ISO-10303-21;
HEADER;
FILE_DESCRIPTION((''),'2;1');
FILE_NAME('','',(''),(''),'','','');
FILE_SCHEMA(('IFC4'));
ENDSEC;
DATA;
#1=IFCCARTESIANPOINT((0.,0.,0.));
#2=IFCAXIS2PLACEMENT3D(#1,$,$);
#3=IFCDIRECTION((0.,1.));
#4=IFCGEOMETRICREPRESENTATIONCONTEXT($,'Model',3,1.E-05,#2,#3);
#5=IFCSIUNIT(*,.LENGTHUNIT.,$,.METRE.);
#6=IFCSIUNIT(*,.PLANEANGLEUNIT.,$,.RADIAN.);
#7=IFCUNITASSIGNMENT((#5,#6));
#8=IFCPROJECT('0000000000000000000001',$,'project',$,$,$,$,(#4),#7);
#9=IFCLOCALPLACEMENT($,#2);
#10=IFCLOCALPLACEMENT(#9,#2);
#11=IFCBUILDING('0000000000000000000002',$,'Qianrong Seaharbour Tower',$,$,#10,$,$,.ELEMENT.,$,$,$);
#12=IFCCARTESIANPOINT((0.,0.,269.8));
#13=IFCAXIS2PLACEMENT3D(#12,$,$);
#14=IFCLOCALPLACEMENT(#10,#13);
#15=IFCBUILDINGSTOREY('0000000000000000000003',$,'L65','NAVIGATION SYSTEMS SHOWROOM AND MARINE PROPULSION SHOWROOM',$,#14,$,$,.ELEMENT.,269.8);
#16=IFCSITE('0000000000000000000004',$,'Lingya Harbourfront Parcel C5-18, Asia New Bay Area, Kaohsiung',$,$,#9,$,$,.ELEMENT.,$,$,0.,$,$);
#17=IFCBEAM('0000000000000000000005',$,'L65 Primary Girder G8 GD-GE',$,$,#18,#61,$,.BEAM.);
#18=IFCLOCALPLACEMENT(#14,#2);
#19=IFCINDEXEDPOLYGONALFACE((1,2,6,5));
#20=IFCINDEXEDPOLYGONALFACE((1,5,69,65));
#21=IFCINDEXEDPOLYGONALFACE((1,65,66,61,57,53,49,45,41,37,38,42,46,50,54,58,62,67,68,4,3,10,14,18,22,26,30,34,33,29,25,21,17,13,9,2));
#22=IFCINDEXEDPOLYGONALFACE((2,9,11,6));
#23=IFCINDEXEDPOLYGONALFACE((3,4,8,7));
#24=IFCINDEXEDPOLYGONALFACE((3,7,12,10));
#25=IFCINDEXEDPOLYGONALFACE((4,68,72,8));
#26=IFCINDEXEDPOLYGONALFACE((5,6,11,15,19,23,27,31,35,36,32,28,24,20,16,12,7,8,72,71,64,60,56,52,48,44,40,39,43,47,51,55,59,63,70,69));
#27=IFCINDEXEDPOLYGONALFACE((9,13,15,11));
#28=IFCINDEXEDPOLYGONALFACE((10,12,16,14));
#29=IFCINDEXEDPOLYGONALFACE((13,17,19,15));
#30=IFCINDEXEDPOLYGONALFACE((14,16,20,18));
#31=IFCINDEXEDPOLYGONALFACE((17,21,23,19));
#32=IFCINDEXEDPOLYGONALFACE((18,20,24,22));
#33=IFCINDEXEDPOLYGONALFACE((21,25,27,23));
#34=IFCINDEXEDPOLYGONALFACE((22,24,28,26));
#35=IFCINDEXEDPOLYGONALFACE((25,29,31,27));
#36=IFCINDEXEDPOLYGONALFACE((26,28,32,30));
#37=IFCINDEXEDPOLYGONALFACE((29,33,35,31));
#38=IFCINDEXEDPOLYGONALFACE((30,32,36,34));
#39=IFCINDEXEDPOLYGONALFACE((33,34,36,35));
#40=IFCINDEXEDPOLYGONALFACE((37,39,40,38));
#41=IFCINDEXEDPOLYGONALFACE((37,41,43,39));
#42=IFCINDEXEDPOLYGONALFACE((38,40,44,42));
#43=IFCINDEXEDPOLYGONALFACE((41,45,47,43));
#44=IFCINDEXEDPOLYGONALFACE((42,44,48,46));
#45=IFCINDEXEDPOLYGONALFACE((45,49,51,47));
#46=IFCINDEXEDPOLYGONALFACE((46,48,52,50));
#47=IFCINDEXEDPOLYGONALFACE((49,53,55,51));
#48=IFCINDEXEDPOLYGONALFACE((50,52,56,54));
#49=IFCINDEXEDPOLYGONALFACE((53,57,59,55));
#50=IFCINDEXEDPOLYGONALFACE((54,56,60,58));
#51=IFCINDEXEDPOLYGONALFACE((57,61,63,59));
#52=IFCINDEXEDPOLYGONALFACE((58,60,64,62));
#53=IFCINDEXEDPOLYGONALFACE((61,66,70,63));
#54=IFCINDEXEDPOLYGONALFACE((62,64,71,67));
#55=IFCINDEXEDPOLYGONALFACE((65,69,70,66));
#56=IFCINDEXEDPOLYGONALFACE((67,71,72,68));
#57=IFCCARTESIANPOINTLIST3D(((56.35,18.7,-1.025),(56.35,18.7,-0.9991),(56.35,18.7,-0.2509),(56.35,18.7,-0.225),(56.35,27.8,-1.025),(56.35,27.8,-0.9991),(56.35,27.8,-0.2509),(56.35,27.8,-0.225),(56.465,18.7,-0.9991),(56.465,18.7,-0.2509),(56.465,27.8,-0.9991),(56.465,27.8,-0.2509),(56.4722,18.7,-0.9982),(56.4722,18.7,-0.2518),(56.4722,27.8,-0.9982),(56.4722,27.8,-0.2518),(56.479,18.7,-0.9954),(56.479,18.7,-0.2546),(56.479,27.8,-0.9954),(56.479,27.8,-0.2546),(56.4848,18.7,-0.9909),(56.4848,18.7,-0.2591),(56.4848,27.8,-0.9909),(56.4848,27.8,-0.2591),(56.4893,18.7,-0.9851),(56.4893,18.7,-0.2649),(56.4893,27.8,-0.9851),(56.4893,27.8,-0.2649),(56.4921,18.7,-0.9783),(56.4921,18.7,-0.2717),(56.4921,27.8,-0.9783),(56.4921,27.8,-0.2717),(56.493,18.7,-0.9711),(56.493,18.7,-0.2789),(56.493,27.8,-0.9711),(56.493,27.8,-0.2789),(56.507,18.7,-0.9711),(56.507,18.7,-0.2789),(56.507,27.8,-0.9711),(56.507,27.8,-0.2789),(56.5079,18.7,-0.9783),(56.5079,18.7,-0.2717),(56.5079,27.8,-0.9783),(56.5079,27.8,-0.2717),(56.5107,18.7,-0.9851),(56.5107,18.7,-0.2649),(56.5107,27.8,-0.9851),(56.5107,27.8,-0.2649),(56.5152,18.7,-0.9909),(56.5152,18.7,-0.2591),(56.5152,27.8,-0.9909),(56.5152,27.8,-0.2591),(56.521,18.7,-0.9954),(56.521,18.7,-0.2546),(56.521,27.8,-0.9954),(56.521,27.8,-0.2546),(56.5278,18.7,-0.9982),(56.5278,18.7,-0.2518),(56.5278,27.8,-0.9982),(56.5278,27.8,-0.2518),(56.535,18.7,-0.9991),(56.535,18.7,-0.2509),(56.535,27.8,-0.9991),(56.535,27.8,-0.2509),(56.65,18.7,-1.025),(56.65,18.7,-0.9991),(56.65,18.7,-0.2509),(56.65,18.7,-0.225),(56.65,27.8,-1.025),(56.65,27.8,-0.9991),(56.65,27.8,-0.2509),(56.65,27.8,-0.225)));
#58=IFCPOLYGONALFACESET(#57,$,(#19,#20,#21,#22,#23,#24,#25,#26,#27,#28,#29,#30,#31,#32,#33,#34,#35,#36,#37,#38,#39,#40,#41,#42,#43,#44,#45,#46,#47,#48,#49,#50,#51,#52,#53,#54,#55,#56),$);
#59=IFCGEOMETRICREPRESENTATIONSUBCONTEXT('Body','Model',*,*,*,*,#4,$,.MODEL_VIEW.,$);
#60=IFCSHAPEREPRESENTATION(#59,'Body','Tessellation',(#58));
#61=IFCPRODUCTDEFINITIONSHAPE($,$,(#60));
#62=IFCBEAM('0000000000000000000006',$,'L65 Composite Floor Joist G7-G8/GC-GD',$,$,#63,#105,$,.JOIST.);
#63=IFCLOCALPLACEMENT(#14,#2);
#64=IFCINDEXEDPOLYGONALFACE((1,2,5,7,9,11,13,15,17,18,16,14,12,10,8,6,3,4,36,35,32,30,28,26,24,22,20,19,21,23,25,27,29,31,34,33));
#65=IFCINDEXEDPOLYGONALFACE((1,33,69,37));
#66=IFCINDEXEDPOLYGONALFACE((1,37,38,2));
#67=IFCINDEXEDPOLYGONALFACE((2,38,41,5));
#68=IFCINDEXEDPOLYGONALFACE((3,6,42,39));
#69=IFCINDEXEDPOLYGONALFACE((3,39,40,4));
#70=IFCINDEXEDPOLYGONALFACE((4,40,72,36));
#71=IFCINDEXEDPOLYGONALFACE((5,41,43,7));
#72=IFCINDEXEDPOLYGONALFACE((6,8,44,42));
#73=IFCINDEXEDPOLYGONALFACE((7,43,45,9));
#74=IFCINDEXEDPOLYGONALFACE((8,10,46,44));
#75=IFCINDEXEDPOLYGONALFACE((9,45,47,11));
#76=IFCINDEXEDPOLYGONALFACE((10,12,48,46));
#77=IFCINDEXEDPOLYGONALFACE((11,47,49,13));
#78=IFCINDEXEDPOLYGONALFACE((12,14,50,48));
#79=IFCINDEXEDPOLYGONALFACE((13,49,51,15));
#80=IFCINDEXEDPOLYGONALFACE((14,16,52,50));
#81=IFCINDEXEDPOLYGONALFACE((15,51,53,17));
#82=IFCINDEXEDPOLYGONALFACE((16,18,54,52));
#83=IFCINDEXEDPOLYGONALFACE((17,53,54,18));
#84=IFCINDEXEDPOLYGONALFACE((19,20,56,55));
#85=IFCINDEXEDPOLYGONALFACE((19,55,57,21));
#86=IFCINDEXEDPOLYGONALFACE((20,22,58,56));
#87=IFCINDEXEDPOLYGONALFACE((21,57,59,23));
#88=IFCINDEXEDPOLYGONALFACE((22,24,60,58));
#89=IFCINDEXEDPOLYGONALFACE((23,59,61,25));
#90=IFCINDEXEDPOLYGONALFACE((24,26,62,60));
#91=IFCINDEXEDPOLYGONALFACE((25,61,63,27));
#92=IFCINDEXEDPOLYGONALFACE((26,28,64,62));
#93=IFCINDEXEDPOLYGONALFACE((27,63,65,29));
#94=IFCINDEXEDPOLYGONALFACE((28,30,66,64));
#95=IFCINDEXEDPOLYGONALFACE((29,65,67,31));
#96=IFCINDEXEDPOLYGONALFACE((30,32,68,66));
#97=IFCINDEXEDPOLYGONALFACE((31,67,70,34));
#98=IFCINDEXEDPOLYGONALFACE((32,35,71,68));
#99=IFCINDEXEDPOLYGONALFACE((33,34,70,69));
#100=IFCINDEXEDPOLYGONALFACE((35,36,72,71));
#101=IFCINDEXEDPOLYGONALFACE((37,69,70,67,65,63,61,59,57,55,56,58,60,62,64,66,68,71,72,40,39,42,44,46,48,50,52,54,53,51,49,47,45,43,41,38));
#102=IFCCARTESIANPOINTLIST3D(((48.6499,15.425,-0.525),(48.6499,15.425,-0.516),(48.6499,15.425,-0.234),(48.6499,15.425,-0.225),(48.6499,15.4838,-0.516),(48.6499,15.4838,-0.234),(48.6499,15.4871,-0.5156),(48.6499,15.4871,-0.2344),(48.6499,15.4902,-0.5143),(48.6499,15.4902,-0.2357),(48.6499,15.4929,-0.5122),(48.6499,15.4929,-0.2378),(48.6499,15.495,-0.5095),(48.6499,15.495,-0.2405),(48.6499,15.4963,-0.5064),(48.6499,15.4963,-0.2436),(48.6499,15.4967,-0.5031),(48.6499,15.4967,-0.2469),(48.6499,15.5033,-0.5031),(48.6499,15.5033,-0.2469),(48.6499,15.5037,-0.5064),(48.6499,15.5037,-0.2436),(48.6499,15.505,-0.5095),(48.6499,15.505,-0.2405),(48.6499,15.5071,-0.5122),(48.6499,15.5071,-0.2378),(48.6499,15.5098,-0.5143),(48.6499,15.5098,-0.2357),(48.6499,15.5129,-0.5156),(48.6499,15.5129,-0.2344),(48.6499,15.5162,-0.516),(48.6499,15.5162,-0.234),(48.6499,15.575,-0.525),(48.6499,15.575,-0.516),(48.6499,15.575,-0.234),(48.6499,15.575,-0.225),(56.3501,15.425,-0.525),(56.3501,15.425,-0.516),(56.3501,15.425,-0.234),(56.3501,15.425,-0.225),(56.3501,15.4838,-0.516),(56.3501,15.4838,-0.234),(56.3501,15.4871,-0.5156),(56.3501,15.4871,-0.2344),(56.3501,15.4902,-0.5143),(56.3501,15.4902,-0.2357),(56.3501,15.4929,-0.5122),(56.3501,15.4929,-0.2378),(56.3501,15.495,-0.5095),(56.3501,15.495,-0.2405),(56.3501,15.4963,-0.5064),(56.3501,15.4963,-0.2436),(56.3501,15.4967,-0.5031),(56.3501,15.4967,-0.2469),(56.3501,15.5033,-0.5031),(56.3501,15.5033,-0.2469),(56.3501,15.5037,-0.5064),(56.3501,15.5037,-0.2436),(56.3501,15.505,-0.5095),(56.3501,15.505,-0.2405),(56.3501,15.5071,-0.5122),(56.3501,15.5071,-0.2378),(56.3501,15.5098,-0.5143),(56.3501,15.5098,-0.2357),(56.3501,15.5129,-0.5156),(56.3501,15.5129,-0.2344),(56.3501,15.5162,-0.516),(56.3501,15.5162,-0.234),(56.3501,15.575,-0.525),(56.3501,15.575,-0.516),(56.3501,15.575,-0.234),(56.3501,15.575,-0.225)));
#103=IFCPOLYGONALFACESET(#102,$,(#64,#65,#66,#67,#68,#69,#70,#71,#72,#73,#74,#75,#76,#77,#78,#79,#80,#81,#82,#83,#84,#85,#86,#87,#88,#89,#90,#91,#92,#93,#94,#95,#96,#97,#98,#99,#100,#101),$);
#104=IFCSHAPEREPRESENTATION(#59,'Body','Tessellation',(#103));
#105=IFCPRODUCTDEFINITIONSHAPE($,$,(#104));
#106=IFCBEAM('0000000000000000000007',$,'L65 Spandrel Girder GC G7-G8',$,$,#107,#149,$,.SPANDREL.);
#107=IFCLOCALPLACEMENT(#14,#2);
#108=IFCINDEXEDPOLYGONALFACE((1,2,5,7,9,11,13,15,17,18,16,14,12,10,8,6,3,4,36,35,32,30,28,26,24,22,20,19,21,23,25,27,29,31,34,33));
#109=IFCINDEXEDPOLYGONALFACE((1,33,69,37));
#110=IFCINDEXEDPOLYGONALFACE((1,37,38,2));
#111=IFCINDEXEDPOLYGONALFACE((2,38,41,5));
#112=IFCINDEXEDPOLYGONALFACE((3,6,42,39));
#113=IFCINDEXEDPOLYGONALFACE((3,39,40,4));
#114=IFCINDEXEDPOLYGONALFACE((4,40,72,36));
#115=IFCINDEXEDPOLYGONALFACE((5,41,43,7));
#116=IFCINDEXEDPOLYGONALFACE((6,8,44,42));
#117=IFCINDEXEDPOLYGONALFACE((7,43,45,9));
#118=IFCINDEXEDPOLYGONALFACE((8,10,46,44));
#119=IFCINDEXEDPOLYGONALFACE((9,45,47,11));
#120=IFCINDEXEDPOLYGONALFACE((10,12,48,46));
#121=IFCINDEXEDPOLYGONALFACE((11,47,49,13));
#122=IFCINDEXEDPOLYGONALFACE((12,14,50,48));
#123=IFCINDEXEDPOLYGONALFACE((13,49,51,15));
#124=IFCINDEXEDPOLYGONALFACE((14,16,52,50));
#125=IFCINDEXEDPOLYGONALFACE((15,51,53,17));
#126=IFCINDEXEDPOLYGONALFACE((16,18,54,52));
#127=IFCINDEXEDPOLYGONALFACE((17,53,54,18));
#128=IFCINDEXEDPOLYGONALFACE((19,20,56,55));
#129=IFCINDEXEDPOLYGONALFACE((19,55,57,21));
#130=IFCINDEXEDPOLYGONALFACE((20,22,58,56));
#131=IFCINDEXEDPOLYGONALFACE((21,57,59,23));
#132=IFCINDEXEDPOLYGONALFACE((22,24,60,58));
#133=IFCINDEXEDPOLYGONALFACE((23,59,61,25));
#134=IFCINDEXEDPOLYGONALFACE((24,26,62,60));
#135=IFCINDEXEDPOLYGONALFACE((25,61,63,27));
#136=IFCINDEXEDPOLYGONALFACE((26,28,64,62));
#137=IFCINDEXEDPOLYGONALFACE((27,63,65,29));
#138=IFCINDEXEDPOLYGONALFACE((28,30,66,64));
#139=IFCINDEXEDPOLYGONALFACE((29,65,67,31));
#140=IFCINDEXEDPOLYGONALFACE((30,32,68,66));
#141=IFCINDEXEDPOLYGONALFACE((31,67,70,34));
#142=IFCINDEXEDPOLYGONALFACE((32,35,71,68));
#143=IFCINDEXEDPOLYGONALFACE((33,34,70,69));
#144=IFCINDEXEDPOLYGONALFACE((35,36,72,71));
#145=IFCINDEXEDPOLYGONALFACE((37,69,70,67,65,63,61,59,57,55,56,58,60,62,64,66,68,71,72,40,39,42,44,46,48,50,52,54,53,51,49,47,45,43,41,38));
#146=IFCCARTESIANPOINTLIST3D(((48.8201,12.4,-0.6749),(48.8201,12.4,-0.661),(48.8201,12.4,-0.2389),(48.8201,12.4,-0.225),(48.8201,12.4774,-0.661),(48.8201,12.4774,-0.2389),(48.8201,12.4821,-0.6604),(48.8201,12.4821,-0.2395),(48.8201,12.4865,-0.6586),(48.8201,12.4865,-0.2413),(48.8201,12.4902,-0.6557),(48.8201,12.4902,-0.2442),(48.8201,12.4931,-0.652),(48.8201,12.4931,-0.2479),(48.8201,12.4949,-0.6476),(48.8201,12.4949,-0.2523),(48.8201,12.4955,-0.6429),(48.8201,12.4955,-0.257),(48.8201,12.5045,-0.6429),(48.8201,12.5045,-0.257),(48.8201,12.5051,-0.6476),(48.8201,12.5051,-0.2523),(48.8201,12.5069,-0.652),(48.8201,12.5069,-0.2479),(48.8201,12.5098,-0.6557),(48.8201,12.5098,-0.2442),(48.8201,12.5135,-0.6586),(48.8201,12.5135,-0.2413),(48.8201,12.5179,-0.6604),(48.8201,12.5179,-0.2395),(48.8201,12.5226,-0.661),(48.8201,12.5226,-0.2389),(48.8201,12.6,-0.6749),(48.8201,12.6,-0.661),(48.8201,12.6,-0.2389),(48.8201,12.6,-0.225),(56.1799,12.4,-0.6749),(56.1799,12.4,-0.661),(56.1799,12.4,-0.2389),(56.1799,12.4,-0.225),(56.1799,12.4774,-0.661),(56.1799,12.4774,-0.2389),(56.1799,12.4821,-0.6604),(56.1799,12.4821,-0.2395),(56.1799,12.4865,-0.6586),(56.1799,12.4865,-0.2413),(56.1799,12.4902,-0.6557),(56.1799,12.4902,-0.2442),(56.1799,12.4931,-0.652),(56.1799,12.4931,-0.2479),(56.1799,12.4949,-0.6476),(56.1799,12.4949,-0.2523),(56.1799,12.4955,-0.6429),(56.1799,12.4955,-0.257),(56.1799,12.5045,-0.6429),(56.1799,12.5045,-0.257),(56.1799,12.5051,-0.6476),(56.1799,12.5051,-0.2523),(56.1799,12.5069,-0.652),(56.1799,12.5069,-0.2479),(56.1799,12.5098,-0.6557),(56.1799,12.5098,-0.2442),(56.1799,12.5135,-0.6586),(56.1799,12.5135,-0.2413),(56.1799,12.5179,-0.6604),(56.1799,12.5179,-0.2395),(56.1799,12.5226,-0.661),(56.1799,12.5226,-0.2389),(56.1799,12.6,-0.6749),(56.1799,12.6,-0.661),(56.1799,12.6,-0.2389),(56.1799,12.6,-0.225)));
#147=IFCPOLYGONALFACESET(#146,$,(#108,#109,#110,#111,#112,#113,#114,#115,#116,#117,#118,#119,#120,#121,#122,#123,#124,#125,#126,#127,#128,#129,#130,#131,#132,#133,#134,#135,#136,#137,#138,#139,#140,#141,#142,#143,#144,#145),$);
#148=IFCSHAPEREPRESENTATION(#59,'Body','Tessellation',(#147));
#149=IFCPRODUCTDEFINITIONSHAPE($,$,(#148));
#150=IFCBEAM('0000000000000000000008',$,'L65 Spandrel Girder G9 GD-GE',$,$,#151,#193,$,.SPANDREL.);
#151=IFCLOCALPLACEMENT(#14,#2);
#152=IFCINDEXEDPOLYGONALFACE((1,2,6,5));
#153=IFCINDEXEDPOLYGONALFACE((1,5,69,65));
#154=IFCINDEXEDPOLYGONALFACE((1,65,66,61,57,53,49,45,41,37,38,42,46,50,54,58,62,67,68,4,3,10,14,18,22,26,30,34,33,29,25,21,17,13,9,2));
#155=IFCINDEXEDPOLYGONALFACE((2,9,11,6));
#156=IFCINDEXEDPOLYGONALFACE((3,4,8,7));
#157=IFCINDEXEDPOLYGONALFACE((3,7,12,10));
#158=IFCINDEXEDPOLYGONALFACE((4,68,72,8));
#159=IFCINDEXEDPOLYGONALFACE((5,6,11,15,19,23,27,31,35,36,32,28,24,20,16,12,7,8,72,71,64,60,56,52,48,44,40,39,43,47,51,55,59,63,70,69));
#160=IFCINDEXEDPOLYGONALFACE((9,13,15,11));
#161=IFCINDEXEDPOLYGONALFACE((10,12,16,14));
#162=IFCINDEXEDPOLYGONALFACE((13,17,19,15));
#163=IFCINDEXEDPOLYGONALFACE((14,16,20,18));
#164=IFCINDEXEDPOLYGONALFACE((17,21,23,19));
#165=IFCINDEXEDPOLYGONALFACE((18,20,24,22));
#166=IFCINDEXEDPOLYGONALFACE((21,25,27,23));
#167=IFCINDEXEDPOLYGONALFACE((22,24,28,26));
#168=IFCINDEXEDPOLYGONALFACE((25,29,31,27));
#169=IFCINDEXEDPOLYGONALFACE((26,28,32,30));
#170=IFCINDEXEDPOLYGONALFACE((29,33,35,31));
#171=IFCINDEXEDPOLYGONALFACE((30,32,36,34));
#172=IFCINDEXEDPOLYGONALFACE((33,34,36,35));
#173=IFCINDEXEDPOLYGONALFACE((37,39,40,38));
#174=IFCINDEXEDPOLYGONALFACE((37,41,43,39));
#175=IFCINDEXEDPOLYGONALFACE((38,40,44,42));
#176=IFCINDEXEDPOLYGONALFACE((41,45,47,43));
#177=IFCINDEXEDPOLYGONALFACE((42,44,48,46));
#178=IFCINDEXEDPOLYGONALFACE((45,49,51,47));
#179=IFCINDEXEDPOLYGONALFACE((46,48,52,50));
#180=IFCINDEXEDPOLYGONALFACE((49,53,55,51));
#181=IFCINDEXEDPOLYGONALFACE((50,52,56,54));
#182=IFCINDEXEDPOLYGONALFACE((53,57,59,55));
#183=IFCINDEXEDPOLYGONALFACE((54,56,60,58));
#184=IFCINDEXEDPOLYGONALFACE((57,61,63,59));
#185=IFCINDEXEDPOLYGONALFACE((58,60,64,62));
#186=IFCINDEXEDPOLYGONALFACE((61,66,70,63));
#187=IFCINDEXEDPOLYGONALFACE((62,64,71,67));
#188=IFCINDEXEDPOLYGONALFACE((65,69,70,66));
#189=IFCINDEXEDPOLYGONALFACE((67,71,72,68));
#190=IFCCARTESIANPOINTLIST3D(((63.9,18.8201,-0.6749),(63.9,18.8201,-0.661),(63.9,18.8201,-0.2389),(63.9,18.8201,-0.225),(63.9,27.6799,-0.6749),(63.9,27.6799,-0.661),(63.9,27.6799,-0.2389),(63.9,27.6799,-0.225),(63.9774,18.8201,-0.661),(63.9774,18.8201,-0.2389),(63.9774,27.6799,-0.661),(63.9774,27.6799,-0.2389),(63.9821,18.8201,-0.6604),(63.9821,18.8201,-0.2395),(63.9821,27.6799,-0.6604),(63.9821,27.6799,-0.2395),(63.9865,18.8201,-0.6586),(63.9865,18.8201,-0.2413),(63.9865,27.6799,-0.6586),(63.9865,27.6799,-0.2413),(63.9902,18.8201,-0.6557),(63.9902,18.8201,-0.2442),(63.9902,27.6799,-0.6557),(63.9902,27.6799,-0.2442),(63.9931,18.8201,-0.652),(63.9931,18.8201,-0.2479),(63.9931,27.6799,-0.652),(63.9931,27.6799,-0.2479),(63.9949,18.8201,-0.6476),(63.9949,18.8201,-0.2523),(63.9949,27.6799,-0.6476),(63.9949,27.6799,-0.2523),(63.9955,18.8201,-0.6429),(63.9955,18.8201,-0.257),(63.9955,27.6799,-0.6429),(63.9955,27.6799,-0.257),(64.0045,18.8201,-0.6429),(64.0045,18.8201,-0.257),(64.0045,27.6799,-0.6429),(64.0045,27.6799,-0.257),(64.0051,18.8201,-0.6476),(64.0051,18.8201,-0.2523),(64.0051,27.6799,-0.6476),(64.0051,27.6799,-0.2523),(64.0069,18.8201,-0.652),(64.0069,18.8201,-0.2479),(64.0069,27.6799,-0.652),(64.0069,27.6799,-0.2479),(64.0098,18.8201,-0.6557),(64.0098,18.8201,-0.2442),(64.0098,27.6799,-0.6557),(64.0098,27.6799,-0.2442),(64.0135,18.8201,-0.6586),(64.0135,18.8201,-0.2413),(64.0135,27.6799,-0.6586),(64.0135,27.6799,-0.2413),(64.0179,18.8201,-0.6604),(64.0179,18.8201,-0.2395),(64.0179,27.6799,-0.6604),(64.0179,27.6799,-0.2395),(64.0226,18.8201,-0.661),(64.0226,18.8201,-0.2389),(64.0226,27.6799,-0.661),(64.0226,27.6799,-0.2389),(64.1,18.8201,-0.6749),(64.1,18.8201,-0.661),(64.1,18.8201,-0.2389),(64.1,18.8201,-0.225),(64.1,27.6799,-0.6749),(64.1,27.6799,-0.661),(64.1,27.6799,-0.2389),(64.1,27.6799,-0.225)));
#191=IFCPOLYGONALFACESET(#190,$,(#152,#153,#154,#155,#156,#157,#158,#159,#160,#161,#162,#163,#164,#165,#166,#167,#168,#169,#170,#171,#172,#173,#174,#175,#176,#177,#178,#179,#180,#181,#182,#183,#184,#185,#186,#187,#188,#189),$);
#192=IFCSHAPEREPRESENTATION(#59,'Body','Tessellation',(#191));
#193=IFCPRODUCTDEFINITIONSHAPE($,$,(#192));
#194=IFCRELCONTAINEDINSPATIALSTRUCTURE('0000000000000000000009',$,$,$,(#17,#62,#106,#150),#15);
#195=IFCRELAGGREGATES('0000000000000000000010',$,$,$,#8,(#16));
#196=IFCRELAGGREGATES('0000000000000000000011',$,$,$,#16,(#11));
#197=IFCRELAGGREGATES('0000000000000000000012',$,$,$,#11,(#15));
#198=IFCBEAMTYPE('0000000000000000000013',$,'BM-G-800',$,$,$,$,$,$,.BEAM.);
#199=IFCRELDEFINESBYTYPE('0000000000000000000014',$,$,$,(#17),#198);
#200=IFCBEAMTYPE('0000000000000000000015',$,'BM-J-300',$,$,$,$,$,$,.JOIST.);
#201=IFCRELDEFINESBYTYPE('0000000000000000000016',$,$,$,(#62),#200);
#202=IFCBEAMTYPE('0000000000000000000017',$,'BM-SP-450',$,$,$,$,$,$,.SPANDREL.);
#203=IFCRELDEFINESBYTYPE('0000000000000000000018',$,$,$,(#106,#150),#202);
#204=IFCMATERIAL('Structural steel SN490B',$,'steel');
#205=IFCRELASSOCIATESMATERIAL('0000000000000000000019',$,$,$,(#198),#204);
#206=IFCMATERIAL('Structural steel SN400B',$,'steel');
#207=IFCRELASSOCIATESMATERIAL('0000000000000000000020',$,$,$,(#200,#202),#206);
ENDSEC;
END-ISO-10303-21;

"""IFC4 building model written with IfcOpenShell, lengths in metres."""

from ifc_helpers import new_model, si_unit, direction, frame, origin, origin_2d, place, context, subcontext, project, spatial, i_section, extrude, material, material_profile, profile_set, type_object, element, save


model = new_model("IFC4")

# Units and contexts
model_context = context("Model", 3, precision=1e-05, world=origin(), true_north=direction((0.0, 1.0)))
body_context = subcontext(model_context, "Body", "Model", "MODEL_VIEW")
ifc_project = project(units=[si_unit("LENGTHUNIT", "METRE"), si_unit("PLANEANGLEUNIT", "RADIAN")], contexts=[model_context])

# Site, building, storey
site_placement = place(None, origin())
site = spatial("IfcSite", under=ifc_project, at=site_placement, Name="Lingya Harbourfront Parcel C5-18, Asia New Bay Area, Kaohsiung", CompositionType="ELEMENT", RefElevation=0.0)
building_placement = place(site_placement, origin())
building = spatial("IfcBuilding", under=site, at=building_placement, Name="Qianrong Seaharbour Tower", CompositionType="ELEMENT")
storey_placement = place(building_placement, frame((0.0, 0.0, 269.8)))
storey = spatial("IfcBuildingStorey", under=building, at=storey_placement, Name="L65", Description="NAVIGATION SYSTEMS SHOWROOM AND MARINE PROPULSION SHOWROOM", CompositionType="ELEMENT", Elevation=269.8)

# Shared definitions
ifc_material_1 = material(Name="Structural steel SN490B", Category="steel")

# Beams
ifc_material_profile_1 = material_profile(ifc_material_1, i_section(OverallWidth=0.3, OverallDepth=0.8, WebThickness=0.0139, FlangeThickness=0.0259, FilletRadius=0.0281, at=origin_2d()), Name="H800x300x14x26")
ifc_profile_set_1 = profile_set([ifc_material_profile_1], Name="Structural steel SN490B")
beam_type_1 = type_object("IfcBeamType", Name="BM-G-800", PredefinedType="BEAM", material=ifc_profile_set_1)
for number, where, z_axis, x_axis, name in (
    (1, (56.5, 18.7, -0.625), (0.0, 1.0, 0.0), (-1.0, 0.0, 0.0), "L65 Primary Girder G8 GD-GE"),
):
    element("IfcBeam", number, at=place(storey_placement, frame(where, z_axis=z_axis, x_axis=x_axis)), inside=storey, type_object=beam_type_1, Name=name, PredefinedType="BEAM", context=body_context, shape_type="SweptSolid", body=[
        extrude(i_section(OverallWidth=0.3, OverallDepth=0.8, WebThickness=0.0139, FlangeThickness=0.0259, FilletRadius=0.0281, at=origin_2d()), origin(), (0.0, 0.0, 1.0), 9.1001),
    ])
ifc_material_2 = material(Name="Structural steel SN400B", Category="steel")
ifc_material_profile_2 = material_profile(ifc_material_2, i_section(OverallWidth=0.1499, OverallDepth=0.3, WebThickness=0.0066, FlangeThickness=0.009, FilletRadius=0.0129, at=origin_2d()), Name="H300x150x6.5x9")
ifc_profile_set_2 = profile_set([ifc_material_profile_2], Name="Structural steel SN400B")
beam_type_2 = type_object("IfcBeamType", Name="BM-J-300", PredefinedType="JOIST", material=ifc_profile_set_2)
beam_1_placement = place(storey_placement, frame((48.6499, 15.5, -0.375), z_axis=(1.0, 0.0, 0.0), x_axis=(0.0, 1.0, 0.0)))
element("IfcBeam", 2, at=beam_1_placement, inside=storey, type_object=beam_type_2, Name="L65 Composite Floor Joist G7-G8/GC-GD", PredefinedType="JOIST", context=body_context, shape_type="SweptSolid", body=[
    extrude(i_section(OverallWidth=0.1499, OverallDepth=0.3, WebThickness=0.0066, FlangeThickness=0.009, FilletRadius=0.0129, at=origin_2d()), origin(), (0.0, 0.0, 1.0), 7.7002),
])
ifc_material_profile_3 = material_profile(ifc_material_2, i_section(OverallWidth=0.2, OverallDepth=0.45, WebThickness=0.009, FlangeThickness=0.0139, FilletRadius=0.0181, at=origin_2d()), Name="H450x200x9x14")
ifc_profile_set_3 = profile_set([ifc_material_profile_3], Name="Structural steel SN400B")
beam_type_3 = type_object("IfcBeamType", Name="BM-SP-450", PredefinedType="SPANDREL", material=ifc_profile_set_3)
beam_2_placement = place(storey_placement, frame((48.8201, 12.5, -0.45), z_axis=(1.0, 0.0, 0.0), x_axis=(0.0, 1.0, 0.0)))
element("IfcBeam", 3, at=beam_2_placement, inside=storey, type_object=beam_type_3, Name="L65 Spandrel Girder GC G7-G8", PredefinedType="SPANDREL", context=body_context, shape_type="SweptSolid", body=[
    extrude(i_section(OverallWidth=0.2, OverallDepth=0.45, WebThickness=0.009, FlangeThickness=0.0139, FilletRadius=0.0181, at=origin_2d()), origin(), (0.0, 0.0, 1.0), 7.3599),
])
beam_3_placement = place(storey_placement, frame((64.0, 18.8201, -0.45), z_axis=(0.0, 1.0, 0.0), x_axis=(-1.0, 0.0, 0.0)))
element("IfcBeam", 4, at=beam_3_placement, inside=storey, type_object=beam_type_3, Name="L65 Spandrel Girder G9 GD-GE", PredefinedType="SPANDREL", context=body_context, shape_type="SweptSolid", body=[
    extrude(i_section(OverallWidth=0.2, OverallDepth=0.45, WebThickness=0.009, FlangeThickness=0.0139, FilletRadius=0.0181, at=origin_2d()), origin(), (0.0, 0.0, 1.0), 8.8599),
])

save(model, "model.ifc")
